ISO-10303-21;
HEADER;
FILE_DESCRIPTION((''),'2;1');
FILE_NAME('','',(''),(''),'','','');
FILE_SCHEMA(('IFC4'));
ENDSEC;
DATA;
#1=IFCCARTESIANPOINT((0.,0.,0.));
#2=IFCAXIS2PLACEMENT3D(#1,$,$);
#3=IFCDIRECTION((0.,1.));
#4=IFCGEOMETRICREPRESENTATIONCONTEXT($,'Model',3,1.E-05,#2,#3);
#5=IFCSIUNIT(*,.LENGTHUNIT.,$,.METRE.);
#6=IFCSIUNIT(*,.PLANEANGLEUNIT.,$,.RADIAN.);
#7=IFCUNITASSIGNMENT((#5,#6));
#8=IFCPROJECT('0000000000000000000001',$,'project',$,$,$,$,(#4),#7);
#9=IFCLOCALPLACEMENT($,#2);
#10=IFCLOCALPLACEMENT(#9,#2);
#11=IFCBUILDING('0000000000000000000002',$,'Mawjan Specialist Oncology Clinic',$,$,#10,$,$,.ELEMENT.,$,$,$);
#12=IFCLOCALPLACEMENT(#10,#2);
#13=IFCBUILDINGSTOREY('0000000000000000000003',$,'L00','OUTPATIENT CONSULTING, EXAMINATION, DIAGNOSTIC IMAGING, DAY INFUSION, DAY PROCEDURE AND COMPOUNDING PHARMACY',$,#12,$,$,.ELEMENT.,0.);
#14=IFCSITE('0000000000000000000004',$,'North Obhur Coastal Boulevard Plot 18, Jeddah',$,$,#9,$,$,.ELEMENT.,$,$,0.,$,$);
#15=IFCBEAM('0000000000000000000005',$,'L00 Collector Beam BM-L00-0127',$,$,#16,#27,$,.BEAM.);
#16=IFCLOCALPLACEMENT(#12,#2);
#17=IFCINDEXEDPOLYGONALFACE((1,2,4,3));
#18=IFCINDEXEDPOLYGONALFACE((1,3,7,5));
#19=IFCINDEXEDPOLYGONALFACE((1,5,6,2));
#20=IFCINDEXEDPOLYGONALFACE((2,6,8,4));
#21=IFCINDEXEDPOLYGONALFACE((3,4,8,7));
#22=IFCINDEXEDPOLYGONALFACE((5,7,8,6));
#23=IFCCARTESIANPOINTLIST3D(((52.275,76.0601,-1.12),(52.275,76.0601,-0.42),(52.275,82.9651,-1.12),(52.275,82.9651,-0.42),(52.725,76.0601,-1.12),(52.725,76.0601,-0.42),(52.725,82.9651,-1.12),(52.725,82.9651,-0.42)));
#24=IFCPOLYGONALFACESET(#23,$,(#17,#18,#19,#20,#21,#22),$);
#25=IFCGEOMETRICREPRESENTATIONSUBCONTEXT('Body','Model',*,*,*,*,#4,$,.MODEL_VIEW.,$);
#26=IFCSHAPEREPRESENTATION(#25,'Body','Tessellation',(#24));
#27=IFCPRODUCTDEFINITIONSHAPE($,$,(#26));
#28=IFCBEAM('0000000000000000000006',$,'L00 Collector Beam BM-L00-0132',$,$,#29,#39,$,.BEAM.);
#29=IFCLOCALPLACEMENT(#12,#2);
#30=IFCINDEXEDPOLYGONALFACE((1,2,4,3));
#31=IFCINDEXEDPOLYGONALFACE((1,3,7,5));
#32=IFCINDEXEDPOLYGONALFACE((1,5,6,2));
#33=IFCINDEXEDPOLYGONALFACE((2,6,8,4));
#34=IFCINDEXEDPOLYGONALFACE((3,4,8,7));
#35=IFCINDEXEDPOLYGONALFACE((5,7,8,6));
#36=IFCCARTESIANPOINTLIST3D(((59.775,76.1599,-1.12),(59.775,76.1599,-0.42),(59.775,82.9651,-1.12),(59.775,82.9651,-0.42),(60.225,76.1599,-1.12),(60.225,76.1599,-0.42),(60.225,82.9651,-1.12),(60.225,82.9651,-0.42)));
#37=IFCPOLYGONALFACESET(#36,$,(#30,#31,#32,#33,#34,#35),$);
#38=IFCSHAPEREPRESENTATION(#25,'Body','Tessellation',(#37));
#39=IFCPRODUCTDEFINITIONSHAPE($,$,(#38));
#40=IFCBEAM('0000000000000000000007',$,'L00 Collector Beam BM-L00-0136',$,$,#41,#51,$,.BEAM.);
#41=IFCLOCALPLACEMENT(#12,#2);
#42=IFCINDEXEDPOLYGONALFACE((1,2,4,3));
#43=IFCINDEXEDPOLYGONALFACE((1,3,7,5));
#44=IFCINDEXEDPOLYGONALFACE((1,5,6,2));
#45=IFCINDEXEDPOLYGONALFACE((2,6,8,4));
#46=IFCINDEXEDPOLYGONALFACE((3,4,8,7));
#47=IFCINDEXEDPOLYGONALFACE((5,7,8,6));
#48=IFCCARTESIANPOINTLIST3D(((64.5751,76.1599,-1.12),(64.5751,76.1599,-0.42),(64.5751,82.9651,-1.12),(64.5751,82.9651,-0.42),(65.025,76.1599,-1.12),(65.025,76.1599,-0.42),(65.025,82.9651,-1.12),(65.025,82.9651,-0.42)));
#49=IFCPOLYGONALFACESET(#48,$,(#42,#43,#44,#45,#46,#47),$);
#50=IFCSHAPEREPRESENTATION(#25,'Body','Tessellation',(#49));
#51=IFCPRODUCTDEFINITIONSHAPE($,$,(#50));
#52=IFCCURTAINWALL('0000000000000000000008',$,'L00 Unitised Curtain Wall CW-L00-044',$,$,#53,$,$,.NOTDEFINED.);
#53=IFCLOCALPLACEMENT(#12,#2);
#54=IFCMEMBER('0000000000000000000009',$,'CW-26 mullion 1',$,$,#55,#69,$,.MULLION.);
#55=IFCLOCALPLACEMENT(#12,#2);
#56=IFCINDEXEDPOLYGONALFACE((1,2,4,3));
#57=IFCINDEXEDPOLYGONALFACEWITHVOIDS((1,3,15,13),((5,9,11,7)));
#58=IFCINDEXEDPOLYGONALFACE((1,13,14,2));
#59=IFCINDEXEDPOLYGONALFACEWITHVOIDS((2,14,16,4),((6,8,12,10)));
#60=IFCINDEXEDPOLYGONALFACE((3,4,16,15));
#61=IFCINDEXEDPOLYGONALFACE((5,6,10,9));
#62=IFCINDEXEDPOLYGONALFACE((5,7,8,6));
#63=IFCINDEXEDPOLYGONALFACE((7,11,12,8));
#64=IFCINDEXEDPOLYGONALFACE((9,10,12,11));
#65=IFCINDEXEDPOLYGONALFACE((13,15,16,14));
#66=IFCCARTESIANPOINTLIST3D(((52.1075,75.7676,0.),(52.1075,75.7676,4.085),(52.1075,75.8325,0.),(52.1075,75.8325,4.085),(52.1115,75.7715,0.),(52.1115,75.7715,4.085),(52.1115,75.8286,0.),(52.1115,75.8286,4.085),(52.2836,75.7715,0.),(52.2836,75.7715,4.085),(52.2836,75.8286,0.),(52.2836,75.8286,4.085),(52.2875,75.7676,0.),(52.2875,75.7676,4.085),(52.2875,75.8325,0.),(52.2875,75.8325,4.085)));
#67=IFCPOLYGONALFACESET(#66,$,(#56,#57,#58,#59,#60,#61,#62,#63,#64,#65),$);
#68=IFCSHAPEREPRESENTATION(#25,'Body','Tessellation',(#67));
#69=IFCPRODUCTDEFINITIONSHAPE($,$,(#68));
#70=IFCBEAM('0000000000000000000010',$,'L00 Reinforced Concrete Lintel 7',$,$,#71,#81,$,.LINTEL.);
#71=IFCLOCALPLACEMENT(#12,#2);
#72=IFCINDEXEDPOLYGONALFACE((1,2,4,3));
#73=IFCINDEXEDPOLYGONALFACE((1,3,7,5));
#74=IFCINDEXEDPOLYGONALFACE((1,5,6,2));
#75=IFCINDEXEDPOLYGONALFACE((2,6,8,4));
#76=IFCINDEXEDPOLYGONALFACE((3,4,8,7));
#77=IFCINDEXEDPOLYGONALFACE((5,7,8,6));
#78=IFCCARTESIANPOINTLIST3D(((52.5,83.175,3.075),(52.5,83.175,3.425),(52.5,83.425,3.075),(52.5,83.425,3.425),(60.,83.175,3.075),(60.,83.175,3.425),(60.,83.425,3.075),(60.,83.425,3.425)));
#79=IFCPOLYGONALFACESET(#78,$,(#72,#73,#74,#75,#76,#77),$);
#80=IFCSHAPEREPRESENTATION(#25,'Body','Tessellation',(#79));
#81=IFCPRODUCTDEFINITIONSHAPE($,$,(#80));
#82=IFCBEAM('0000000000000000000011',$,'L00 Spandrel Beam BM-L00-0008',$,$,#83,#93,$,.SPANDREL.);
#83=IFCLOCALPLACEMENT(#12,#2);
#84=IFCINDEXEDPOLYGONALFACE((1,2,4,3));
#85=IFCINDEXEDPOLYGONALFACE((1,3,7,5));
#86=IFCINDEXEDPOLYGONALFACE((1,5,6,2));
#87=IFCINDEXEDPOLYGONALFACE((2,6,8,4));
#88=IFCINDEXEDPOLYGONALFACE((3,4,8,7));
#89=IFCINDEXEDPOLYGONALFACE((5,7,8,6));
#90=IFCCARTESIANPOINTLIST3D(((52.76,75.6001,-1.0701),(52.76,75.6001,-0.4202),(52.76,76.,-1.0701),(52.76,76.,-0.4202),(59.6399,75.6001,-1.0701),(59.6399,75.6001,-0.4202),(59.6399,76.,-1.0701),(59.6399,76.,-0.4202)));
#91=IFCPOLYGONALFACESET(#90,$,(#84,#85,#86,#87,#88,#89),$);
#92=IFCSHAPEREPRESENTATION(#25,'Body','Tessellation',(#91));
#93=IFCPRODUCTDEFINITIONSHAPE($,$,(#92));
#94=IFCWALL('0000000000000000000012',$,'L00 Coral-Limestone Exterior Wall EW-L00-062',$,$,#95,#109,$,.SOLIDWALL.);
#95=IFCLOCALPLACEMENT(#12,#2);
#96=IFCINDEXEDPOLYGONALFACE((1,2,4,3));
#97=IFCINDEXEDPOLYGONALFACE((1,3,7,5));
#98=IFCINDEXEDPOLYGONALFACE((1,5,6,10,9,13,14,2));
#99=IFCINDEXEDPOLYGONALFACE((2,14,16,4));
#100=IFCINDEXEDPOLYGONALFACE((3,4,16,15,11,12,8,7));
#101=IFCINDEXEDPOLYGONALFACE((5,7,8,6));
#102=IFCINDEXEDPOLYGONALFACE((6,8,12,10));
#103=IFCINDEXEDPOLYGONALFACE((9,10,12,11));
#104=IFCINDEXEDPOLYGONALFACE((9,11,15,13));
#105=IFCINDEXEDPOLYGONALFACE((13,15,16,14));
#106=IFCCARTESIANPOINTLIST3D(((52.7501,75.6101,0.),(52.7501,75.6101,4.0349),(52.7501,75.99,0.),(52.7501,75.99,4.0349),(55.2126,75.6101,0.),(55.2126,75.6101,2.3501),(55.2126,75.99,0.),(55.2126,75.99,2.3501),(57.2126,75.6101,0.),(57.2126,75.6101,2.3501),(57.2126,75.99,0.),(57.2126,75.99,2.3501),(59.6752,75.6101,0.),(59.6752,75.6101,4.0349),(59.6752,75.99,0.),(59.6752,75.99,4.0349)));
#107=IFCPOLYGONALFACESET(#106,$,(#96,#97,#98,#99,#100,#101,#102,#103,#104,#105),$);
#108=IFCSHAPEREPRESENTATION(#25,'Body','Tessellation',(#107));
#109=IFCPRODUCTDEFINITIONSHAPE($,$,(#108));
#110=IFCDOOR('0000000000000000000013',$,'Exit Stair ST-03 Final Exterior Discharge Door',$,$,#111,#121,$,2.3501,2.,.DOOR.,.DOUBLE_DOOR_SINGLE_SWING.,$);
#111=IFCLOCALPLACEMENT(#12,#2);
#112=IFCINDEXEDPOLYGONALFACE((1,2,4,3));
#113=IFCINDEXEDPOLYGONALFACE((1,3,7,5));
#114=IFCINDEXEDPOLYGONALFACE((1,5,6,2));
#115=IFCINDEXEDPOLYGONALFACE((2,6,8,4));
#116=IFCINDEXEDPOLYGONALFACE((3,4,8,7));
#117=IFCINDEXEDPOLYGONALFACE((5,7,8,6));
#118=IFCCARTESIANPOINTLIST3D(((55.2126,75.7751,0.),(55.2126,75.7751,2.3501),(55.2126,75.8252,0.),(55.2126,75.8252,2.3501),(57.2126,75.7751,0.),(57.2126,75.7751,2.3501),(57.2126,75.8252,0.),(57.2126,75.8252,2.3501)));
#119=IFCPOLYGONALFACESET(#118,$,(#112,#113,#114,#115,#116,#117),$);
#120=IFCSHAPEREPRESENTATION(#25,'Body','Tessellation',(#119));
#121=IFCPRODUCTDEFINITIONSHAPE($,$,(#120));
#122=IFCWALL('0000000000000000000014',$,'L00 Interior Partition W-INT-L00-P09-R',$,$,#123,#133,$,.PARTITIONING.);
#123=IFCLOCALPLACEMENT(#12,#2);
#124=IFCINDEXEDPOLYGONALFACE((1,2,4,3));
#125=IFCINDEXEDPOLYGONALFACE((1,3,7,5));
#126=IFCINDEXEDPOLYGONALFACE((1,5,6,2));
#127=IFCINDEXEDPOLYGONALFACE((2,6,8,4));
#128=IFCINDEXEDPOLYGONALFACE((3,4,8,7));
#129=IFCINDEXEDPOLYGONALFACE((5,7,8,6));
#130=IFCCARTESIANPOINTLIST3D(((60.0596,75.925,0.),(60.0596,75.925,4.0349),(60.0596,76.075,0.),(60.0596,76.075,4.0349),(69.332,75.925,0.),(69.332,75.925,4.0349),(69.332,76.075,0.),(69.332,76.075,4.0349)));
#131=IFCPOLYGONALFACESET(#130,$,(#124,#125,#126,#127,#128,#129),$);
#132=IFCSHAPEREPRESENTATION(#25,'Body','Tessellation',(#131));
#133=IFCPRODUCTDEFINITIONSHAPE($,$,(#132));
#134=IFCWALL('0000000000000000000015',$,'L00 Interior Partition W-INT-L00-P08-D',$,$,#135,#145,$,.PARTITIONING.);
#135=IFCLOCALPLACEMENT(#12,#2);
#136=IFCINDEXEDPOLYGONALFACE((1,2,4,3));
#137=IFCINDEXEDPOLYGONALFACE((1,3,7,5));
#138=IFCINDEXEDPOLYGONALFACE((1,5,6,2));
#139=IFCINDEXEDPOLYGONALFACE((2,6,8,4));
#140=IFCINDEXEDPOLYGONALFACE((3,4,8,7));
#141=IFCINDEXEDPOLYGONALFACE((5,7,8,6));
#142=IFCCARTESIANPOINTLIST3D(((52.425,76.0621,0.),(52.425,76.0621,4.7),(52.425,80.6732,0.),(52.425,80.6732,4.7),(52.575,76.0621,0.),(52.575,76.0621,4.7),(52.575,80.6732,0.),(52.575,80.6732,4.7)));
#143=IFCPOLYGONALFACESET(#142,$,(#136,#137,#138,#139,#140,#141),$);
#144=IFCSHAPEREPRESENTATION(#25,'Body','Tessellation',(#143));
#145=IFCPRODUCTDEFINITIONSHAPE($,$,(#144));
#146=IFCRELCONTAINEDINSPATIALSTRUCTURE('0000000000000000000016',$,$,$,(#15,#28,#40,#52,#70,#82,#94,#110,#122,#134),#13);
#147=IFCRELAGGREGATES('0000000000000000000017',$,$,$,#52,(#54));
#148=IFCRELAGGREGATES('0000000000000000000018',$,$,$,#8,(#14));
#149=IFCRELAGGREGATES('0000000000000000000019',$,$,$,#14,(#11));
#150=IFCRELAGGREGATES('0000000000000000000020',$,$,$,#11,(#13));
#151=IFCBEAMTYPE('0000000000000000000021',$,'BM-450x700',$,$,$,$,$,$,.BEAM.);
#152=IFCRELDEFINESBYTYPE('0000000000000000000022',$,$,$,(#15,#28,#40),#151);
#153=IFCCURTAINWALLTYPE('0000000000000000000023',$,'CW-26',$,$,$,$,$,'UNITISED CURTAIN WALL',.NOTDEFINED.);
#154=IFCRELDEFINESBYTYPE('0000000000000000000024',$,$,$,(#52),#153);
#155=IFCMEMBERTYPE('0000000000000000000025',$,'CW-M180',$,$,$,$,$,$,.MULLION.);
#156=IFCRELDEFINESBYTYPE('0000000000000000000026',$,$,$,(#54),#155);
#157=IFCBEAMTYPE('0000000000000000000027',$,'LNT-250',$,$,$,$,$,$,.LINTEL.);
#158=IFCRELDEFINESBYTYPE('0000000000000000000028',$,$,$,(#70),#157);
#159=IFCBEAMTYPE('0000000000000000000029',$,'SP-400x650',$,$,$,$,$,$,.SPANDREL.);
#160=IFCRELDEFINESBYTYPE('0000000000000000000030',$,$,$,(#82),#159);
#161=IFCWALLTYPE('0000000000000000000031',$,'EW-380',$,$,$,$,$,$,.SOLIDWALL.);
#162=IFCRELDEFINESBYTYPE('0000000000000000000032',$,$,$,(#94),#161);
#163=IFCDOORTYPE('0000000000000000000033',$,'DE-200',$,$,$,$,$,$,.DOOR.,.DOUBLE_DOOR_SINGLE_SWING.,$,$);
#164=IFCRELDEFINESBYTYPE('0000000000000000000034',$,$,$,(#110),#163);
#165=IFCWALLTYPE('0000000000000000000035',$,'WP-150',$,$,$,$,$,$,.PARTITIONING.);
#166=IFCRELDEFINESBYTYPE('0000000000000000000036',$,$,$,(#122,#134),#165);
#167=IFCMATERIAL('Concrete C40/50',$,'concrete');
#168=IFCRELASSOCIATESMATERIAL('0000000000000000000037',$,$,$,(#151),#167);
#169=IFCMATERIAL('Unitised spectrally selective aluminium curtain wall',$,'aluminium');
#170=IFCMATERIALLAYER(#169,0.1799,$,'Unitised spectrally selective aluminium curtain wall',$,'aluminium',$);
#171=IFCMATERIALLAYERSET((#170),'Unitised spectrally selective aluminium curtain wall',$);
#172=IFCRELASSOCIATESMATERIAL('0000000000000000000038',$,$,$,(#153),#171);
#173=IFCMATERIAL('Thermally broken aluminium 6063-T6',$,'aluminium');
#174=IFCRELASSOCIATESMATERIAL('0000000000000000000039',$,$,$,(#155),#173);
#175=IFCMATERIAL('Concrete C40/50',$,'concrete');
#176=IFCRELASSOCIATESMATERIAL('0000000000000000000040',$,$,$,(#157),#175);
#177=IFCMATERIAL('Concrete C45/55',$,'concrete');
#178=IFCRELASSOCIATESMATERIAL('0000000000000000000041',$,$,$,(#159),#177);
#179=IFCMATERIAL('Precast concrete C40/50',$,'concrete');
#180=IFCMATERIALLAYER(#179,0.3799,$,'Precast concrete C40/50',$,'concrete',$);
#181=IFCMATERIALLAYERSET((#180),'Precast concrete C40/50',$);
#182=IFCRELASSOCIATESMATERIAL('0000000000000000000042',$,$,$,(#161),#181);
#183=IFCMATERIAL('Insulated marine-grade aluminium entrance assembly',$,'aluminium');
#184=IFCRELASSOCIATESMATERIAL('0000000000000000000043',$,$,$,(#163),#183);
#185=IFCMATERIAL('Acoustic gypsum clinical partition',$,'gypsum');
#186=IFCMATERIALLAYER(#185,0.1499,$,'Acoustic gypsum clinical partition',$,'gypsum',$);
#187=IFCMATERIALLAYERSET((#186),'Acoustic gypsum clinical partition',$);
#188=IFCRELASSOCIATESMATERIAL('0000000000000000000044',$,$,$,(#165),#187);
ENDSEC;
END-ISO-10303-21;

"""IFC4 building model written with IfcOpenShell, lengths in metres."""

from ifc_helpers import new_model, si_unit, direction, frame, frame_2d, origin, origin_2d, place, context, subcontext, project, spatial, rectangle, hollow_rectangle, extrude, material, layer, layer_set, material_profile, profile_set, type_object, element, fill, aggregate, save


model = new_model("IFC4")

# Units and contexts
model_context = context("Model", 3, precision=1e-05, world=origin(), true_north=direction((0.0, 1.0)))
body_context = subcontext(model_context, "Body", "Model", "MODEL_VIEW")
ifc_project = project(units=[si_unit("LENGTHUNIT", "METRE"), si_unit("PLANEANGLEUNIT", "RADIAN")], contexts=[model_context])

# Site, building, storey
site_placement = place(None, origin())
site = spatial("IfcSite", under=ifc_project, at=site_placement, Name="North Obhur Coastal Boulevard Plot 18, Jeddah", CompositionType="ELEMENT", RefElevation=0.0)
building_placement = place(site_placement, origin())
building = spatial("IfcBuilding", under=site, at=building_placement, Name="Mawjan Specialist Oncology Clinic", CompositionType="ELEMENT")
storey_placement = place(building_placement, origin())
storey = spatial("IfcBuildingStorey", under=building, at=storey_placement, Name="L00", Description="OUTPATIENT CONSULTING, EXAMINATION, DIAGNOSTIC IMAGING, DAY INFUSION, DAY PROCEDURE AND COMPOUNDING PHARMACY", CompositionType="ELEMENT", Elevation=0.0)

# Beams
ifc_material_1 = material(Name="Concrete C40/50", Category="concrete")
ifc_material_profile_1 = material_profile(ifc_material_1, rectangle(XDim=0.45, YDim=0.7, at=origin_2d()), Name="RC BM 450x700", Category="concrete")
ifc_profile_set_1 = profile_set([ifc_material_profile_1], Name="Concrete C40/50")
beam_type_1 = type_object("IfcBeamType", Name="BM-450x700", PredefinedType="BEAM", material=ifc_profile_set_1)
beam_1_placement = place(storey_placement, frame((52.5, 76.0601, -0.77), z_axis=(0.0, 1.0, 0.0), x_axis=(-1.0, 0.0, 0.0)))
element("IfcBeam", 1, at=beam_1_placement, inside=storey, type_object=beam_type_1, Name="L00 Collector Beam BM-L00-0127", PredefinedType="BEAM", context=body_context, shape_type="SweptSolid", body=[
    extrude(rectangle(XDim=0.45, YDim=0.7, at=origin_2d()), origin(), (0.0, 0.0, 1.0), 6.905),
])
for number, where, z_axis, x_axis, name in (
    (2, (60.0, 76.1599, -0.77), (0.0, 1.0, 0.0), (-1.0, 0.0, 0.0), "L00 Collector Beam BM-L00-0132"),
    (3, (64.8, 76.1599, -0.77), (0.0, 1.0, 0.0), (-1.0, 0.0, 0.0), "L00 Collector Beam BM-L00-0136"),
):
    element("IfcBeam", number, at=place(storey_placement, frame(where, z_axis=z_axis, x_axis=x_axis)), inside=storey, type_object=beam_type_1, Name=name, PredefinedType="BEAM", context=body_context, shape_type="SweptSolid", body=[
        extrude(rectangle(XDim=0.45, YDim=0.7, at=origin_2d()), origin(), (0.0, 0.0, 1.0), 6.8052),
    ])

# Curtain wall, member
ifc_material_2 = material(Name="Unitised spectrally selective aluminium curtain wall", Category="aluminium")
ifc_layer_1 = layer(ifc_material_2, 0.1799, Name="Unitised spectrally selective aluminium curtain wall", Category="aluminium")
ifc_layer_set_1 = layer_set([ifc_layer_1], Name="Unitised spectrally selective aluminium curtain wall")
curtain_wall_type = type_object("IfcCurtainWallType", Name="CW-26", ElementType="UNITISED CURTAIN WALL", PredefinedType="NOTDEFINED", material=ifc_layer_set_1)
curtain_wall_placement = place(storey_placement, origin())
curtain_wall = element("IfcCurtainWall", 4, at=curtain_wall_placement, inside=storey, type_object=curtain_wall_type, Name="L00 Unitised Curtain Wall CW-L00-044", PredefinedType="NOTDEFINED")
ifc_material_3 = material(Name="Thermally broken aluminium 6063-T6", Category="aluminium")
ifc_material_profile_2 = material_profile(ifc_material_3, hollow_rectangle(XDim=0.0649, YDim=0.1799, WallThickness=0.0039, at=origin_2d()), Name="ALU MULLION 180x65x4", Category="aluminium")
ifc_profile_set_2 = profile_set([ifc_material_profile_2], Name="Thermally broken aluminium 6063-T6")
member_type = type_object("IfcMemberType", Name="CW-M180", PredefinedType="MULLION", material=ifc_profile_set_2)
member_placement = place(storey_placement, frame((52.1975, 75.8, 0.0), z_axis=(0.0, 0.0, 1.0), x_axis=(0.0, -1.0, 0.0)))
member = element("IfcMember", 5, at=member_placement, type_object=member_type, Name="CW-26 mullion 1", PredefinedType="MULLION", context=body_context, shape_type="SweptSolid", body=[
    extrude(hollow_rectangle(XDim=0.0649, YDim=0.1799, WallThickness=0.0039, at=origin_2d()), origin(), (0.0, 0.0, 1.0), 4.085),
])
aggregate(curtain_wall, [member])

# Beams
ifc_material_4 = material(Name="Concrete C40/50", Category="concrete")
ifc_material_profile_3 = material_profile(ifc_material_4, rectangle(XDim=0.25, YDim=0.3501, at=origin_2d()), Name="RC LINTEL 250x350", Category="concrete")
ifc_profile_set_3 = profile_set([ifc_material_profile_3], Name="Concrete C40/50")
beam_type_2 = type_object("IfcBeamType", Name="LNT-250", PredefinedType="LINTEL", material=ifc_profile_set_3)
beam_2_placement = place(storey_placement, frame((52.5, 83.3, 3.25), z_axis=(1.0, 0.0, 0.0), x_axis=(0.0, 1.0, 0.0)))
element("IfcBeam", 6, at=beam_2_placement, inside=storey, type_object=beam_type_2, Name="L00 Reinforced Concrete Lintel 7", PredefinedType="LINTEL", context=body_context, shape_type="SweptSolid", body=[
    extrude(rectangle(XDim=0.25, YDim=0.3501, at=origin_2d()), origin(), (0.0, 0.0, 1.0), 7.5),
])
ifc_material_5 = material(Name="Concrete C45/55", Category="concrete")
ifc_material_profile_4 = material_profile(ifc_material_5, rectangle(XDim=0.3999, YDim=0.6499, at=origin_2d()), Name="RC BM 400x650", Category="concrete")
ifc_profile_set_4 = profile_set([ifc_material_profile_4], Name="Concrete C45/55")
beam_type_3 = type_object("IfcBeamType", Name="SP-400x650", PredefinedType="SPANDREL", material=ifc_profile_set_4)
beam_3_placement = place(storey_placement, frame((52.76, 75.8, -0.7451), z_axis=(1.0, 0.0, 0.0), x_axis=(0.0, 1.0, 0.0)))
element("IfcBeam", 7, at=beam_3_placement, inside=storey, type_object=beam_type_3, Name="L00 Spandrel Beam BM-L00-0008", PredefinedType="SPANDREL", context=body_context, shape_type="SweptSolid", body=[
    extrude(rectangle(XDim=0.3999, YDim=0.6499, at=origin_2d()), origin(), (0.0, 0.0, 1.0), 6.8799),
])

# Wall, opening, door
ifc_material_6 = material(Name="Precast concrete C40/50", Category="concrete")
ifc_layer_2 = layer(ifc_material_6, 0.3799, Name="Precast concrete C40/50", Category="concrete")
ifc_layer_set_2 = layer_set([ifc_layer_2], Name="Precast concrete C40/50")
wall_type_1 = type_object("IfcWallType", Name="EW-380", PredefinedType="SOLIDWALL", material=ifc_layer_set_2)
wall_1_placement = place(storey_placement, frame((59.675, 75.8, 0.0), z_axis=(0.0, 0.0, 1.0), x_axis=(-1.0, 0.0, 0.0)))
wall_1 = element("IfcWall", 8, at=wall_1_placement, inside=storey, type_object=wall_type_1, Name="L00 Coral-Limestone Exterior Wall EW-L00-062", PredefinedType="SOLIDWALL", context=body_context, shape_type="SweptSolid", body=[
    extrude(rectangle(XDim=6.925, YDim=0.3799, at=frame_2d((3.4624, 0.0))), origin(), (0.0, 0.0, 1.0), 4.0349),
])
opening_1_placement = place(wall_1_placement, frame((2.4624, 0.0, 0.0)))
opening_1 = element("IfcOpeningElement", 9, at=opening_1_placement, cuts=wall_1, PredefinedType="OPENING", context=body_context, shape_type="SweptSolid", body=[
    extrude(rectangle(XDim=2.0, YDim=2.3501, at=frame_2d((1.0, 1.175))), frame((0.0, 0.2019, 0.0), z_axis=(0.0, -1.0, 0.0), x_axis=(1.0, 0.0, 0.0)), (0.0, 0.0, 1.0), 0.4038),
])
ifc_material_7 = material(Name="Insulated marine-grade aluminium entrance assembly", Category="aluminium")
door_type_1 = type_object("IfcDoorType", Name="DE-200", OperationType="DOUBLE_DOOR_SINGLE_SWING", PredefinedType="DOOR", material=ifc_material_7)
door_1_placement = place(opening_1_placement, origin())
door_1 = element("IfcDoor", 10, at=door_1_placement, inside=storey, type_object=door_type_1, Name="Exit Stair ST-03 Final Exterior Discharge Door", OperationType="DOUBLE_DOOR_SINGLE_SWING", OverallHeight=2.3501, OverallWidth=2.0, PredefinedType="DOOR", context=body_context, shape_type="SweptSolid", body=[
    extrude(rectangle(XDim=2.0, YDim=2.3501, at=frame_2d((1.0, 1.175))), frame((0.0, 0.0249, 0.0), z_axis=(0.0, -1.0, 0.0), x_axis=(1.0, 0.0, 0.0)), (0.0, 0.0, 1.0), 0.05),
])
fill(opening_1, door_1)

# Walls
ifc_material_8 = material(Name="Acoustic gypsum clinical partition", Category="gypsum")
ifc_layer_3 = layer(ifc_material_8, 0.1499, Name="Acoustic gypsum clinical partition", Category="gypsum")
ifc_layer_set_3 = layer_set([ifc_layer_3], Name="Acoustic gypsum clinical partition")
wall_type_2 = type_object("IfcWallType", Name="WP-150", PredefinedType="PARTITIONING", material=ifc_layer_set_3)
wall_2_placement = place(storey_placement, frame((60.0596, 76.0, 0.0), z_axis=(0.0, 0.0, 1.0), x_axis=(1.0, 0.0, 0.0)))
element("IfcWall", 11, at=wall_2_placement, inside=storey, type_object=wall_type_2, Name="L00 Interior Partition W-INT-L00-P09-R", PredefinedType="PARTITIONING", context=body_context, shape_type="SweptSolid", body=[
    extrude(rectangle(XDim=9.2725, YDim=0.1499, at=frame_2d((4.6362, 0.0))), origin(), (0.0, 0.0, 1.0), 4.0349),
])
wall_3_placement = place(storey_placement, frame((52.5, 76.062, 0.0), z_axis=(0.0, 0.0, 1.0), x_axis=(0.0, 1.0, 0.0)))
element("IfcWall", 12, at=wall_3_placement, inside=storey, type_object=wall_type_2, Name="L00 Interior Partition W-INT-L00-P08-D", PredefinedType="PARTITIONING", context=body_context, shape_type="SweptSolid", body=[
    extrude(rectangle(XDim=4.6111, YDim=0.1499, at=frame_2d((2.3057, 0.0))), origin(), (0.0, 0.0, 1.0), 4.7),
])

save(model, "model.ifc")
